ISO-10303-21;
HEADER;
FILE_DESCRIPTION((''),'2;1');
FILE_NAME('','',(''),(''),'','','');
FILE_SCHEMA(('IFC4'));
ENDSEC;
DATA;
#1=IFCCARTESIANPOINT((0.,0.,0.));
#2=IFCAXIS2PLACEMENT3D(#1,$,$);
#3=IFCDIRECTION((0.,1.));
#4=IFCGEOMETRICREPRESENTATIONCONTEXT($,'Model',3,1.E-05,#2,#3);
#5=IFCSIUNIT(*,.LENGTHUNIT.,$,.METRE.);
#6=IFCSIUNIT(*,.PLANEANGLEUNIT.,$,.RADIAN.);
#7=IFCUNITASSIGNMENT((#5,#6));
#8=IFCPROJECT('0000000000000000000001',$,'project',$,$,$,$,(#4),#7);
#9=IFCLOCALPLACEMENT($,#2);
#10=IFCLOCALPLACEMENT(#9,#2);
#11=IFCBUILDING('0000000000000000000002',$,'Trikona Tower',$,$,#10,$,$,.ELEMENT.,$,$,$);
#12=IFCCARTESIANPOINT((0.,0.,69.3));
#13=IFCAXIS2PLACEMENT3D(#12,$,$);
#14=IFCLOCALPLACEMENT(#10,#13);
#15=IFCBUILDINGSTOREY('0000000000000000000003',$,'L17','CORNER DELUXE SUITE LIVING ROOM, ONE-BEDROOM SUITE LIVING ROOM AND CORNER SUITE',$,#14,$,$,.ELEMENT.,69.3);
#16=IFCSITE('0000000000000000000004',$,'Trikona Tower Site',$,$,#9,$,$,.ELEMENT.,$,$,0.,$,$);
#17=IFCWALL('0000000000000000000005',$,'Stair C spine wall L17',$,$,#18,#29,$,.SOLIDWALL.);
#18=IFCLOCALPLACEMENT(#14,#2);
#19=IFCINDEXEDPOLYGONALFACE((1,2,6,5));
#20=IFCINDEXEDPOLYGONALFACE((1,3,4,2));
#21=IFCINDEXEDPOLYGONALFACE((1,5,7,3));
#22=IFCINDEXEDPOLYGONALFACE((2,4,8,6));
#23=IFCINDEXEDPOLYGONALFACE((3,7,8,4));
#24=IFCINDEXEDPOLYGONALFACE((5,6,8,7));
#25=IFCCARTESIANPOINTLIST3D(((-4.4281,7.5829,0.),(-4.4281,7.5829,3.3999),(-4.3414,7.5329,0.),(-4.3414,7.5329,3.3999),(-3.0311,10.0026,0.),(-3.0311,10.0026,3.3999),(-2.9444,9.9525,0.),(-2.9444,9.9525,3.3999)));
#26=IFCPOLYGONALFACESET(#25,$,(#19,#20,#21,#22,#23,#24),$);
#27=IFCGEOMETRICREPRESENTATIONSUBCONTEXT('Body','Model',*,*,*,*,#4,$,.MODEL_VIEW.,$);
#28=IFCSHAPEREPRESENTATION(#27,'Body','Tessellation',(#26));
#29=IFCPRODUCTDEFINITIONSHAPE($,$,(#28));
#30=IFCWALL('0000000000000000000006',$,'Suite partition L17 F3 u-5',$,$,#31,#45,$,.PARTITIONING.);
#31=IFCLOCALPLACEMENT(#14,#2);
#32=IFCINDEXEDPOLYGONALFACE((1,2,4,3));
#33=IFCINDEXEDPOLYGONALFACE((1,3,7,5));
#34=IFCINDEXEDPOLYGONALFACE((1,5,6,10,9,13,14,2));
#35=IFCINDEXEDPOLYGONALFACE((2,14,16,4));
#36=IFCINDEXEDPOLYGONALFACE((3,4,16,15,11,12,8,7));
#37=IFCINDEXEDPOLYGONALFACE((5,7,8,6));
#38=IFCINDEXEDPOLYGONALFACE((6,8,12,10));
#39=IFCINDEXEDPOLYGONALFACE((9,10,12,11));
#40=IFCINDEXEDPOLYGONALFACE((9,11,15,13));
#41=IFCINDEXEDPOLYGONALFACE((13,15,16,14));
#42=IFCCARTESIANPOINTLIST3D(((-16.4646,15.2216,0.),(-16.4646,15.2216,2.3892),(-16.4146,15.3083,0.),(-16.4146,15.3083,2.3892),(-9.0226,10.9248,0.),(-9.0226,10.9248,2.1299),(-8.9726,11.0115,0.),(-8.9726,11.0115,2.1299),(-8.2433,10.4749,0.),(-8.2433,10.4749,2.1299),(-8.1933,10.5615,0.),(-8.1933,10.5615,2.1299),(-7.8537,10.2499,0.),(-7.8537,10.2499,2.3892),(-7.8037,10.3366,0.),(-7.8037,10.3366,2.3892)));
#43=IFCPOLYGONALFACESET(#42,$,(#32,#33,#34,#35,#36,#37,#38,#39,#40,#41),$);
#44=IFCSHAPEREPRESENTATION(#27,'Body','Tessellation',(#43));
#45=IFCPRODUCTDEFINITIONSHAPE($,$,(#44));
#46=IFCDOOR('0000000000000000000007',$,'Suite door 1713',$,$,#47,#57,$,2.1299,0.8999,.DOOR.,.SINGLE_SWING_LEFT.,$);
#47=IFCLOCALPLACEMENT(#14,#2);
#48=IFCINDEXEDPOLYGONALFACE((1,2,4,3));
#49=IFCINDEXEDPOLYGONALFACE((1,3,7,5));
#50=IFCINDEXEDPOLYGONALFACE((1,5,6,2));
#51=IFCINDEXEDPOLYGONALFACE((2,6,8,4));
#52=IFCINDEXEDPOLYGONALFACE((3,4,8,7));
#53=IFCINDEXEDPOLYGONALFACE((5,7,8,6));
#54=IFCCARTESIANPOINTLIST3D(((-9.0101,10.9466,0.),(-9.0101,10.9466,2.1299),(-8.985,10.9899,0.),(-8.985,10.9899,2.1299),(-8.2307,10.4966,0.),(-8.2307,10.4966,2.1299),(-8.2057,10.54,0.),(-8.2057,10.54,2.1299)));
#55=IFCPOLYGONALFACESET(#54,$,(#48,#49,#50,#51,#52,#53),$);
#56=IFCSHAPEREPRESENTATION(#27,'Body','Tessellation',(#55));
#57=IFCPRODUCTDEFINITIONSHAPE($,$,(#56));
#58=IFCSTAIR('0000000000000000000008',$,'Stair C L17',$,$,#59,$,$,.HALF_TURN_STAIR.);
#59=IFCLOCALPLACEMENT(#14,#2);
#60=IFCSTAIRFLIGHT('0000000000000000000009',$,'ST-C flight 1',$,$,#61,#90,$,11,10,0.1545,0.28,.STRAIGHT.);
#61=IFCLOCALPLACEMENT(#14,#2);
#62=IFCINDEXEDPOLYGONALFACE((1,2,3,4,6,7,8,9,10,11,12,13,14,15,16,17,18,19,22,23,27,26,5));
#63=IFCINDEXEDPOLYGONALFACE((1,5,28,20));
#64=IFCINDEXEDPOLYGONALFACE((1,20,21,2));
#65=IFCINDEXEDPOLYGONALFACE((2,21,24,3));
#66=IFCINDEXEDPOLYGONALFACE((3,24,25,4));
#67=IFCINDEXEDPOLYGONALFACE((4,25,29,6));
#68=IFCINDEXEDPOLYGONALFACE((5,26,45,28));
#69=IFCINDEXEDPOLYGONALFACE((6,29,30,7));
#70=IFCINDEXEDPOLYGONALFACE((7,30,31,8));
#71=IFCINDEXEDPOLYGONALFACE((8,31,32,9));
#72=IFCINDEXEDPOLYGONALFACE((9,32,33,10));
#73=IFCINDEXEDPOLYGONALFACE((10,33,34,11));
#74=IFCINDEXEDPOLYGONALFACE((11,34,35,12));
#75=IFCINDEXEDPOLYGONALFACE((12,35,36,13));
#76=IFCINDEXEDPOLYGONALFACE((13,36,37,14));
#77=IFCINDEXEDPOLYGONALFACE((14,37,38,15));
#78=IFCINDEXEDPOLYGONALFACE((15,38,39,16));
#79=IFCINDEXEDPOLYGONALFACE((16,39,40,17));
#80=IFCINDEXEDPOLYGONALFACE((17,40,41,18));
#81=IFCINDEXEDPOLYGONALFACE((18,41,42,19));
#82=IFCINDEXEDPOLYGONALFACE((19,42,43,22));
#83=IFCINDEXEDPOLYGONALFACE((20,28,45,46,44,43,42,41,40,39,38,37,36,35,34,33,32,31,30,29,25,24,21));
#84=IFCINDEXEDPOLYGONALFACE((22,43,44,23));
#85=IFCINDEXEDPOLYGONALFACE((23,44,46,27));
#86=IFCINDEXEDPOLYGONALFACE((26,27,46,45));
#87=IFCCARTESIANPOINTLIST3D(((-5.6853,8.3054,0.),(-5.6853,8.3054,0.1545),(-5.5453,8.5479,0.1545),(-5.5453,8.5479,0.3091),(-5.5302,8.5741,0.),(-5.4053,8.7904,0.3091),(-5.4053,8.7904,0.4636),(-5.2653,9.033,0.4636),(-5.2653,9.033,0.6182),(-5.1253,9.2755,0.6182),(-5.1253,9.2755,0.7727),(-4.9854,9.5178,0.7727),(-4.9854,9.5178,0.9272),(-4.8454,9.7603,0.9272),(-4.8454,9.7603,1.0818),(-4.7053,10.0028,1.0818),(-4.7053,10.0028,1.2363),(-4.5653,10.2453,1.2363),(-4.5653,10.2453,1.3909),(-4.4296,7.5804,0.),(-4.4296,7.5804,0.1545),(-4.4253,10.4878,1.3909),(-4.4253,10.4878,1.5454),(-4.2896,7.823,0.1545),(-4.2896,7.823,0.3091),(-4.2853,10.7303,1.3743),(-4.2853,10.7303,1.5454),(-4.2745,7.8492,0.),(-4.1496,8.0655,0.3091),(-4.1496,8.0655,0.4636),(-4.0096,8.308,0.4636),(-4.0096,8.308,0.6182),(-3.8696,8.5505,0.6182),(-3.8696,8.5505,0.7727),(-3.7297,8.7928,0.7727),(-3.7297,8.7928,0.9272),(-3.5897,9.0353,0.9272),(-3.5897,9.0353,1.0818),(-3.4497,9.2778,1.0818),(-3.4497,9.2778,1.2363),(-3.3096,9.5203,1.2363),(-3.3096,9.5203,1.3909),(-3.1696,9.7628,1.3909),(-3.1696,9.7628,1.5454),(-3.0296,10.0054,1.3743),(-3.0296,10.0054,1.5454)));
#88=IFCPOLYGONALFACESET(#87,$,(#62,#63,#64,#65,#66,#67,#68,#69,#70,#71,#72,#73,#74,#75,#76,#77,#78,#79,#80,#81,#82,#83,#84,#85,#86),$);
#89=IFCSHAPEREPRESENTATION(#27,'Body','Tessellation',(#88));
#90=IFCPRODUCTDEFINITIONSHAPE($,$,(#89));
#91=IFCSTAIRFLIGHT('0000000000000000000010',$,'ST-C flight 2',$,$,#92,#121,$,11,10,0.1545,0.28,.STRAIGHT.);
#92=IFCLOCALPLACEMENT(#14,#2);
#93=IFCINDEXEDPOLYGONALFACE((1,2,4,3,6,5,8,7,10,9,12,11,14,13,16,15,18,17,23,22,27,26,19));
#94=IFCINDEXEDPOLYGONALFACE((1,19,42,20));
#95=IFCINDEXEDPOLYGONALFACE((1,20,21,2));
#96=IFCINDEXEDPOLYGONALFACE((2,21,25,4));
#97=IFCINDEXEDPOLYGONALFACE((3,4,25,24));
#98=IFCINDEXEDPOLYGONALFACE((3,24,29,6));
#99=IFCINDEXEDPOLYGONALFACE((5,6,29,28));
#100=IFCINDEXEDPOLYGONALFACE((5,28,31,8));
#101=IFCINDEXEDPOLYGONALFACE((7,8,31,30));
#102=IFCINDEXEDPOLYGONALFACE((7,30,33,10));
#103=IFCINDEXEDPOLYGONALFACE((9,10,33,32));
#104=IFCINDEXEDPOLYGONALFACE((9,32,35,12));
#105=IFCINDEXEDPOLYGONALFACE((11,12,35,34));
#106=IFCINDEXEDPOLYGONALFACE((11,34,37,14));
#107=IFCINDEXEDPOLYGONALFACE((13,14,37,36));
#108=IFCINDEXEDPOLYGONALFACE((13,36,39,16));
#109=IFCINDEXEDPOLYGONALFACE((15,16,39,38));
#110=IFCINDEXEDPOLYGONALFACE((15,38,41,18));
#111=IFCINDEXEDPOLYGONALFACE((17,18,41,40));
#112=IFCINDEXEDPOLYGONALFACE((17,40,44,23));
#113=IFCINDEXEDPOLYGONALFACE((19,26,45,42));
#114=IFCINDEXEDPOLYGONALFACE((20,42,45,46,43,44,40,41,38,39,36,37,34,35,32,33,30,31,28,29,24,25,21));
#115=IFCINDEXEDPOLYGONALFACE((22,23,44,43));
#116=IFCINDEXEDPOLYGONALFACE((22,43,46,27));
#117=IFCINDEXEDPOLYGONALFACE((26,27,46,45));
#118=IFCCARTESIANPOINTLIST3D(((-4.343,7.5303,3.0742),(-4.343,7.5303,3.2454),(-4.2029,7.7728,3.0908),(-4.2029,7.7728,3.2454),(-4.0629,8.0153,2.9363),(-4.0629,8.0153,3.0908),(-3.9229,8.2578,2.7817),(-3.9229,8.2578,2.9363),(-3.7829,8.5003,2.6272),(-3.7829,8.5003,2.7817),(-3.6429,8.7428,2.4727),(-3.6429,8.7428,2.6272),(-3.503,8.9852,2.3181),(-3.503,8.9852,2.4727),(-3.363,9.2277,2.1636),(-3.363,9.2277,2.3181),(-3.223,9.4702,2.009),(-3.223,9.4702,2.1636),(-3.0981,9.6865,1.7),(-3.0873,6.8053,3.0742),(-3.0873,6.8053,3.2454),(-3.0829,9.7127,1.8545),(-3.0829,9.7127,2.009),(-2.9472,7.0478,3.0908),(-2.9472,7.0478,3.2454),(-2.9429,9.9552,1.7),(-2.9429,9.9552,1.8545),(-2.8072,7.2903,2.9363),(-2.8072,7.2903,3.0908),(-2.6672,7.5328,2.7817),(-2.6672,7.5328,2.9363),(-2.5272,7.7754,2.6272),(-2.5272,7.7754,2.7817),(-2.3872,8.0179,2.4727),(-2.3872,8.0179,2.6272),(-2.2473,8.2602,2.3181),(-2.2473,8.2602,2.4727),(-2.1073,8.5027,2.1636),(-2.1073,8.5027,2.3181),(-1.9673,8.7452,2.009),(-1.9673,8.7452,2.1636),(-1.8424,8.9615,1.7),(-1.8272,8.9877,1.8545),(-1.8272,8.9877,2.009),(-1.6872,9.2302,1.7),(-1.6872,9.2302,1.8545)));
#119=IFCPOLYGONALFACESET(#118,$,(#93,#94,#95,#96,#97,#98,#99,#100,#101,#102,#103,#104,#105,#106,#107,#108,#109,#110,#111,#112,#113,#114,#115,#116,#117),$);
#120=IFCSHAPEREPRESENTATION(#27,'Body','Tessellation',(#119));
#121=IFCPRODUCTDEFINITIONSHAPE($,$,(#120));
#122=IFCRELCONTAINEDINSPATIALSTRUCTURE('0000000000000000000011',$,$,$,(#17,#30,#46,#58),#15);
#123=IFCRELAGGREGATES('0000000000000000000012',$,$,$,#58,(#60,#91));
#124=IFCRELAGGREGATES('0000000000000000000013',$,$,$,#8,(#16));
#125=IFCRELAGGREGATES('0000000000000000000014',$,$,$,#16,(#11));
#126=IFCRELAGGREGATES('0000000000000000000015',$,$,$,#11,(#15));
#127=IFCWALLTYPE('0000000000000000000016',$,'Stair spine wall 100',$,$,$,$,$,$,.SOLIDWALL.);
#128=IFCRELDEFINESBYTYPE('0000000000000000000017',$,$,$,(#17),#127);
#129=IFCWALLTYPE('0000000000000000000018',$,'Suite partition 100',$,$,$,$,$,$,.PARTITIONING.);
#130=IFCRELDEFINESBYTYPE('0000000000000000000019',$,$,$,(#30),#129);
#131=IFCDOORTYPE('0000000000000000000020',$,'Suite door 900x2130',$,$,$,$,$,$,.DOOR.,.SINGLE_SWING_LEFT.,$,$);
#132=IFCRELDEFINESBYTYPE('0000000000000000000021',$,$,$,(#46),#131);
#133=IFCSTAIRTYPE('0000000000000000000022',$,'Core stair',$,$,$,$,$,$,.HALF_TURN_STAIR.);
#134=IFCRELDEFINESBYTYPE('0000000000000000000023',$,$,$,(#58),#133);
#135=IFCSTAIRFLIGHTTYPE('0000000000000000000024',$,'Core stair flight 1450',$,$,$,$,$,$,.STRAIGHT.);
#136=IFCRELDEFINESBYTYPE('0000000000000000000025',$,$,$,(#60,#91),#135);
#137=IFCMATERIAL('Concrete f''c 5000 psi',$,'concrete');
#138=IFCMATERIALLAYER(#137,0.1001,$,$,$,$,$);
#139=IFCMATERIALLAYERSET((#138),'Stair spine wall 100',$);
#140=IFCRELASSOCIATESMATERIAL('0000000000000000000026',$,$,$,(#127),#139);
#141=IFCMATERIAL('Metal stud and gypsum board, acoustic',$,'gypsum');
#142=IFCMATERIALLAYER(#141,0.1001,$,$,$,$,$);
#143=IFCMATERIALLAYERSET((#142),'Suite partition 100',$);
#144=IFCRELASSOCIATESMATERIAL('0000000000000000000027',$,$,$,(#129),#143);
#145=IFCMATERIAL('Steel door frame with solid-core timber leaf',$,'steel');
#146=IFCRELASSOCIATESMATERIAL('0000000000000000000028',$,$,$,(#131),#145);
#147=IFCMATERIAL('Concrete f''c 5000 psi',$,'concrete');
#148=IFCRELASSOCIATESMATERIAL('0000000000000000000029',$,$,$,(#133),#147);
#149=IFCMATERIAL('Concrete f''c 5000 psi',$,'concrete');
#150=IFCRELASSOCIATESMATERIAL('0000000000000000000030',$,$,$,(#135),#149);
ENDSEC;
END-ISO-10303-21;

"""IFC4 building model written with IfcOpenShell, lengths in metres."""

from ifc_helpers import new_model, si_unit, direction, frame, frame_2d, origin, place, context, subcontext, project, spatial, polyline, rectangle, outline, extrude, material, layer, layer_set, type_object, element, fill, aggregate, save


model = new_model("IFC4")

# Units and contexts
model_context = context("Model", 3, precision=1e-05, world=origin(), true_north=direction((0.0, 1.0)))
body_context = subcontext(model_context, "Body", "Model", "MODEL_VIEW")
ifc_project = project(units=[si_unit("LENGTHUNIT", "METRE"), si_unit("PLANEANGLEUNIT", "RADIAN")], contexts=[model_context])

# Site, building, storey
site_placement = place(None, origin())
site = spatial("IfcSite", under=ifc_project, at=site_placement, Name="Trikona Tower Site", CompositionType="ELEMENT", RefElevation=0.0)
building_placement = place(site_placement, origin())
building = spatial("IfcBuilding", under=site, at=building_placement, Name="Trikona Tower", CompositionType="ELEMENT")
storey_placement = place(building_placement, frame((0.0, 0.0, 69.3)))
storey = spatial("IfcBuildingStorey", under=building, at=storey_placement, Name="L17", Description="CORNER DELUXE SUITE LIVING ROOM, ONE-BEDROOM SUITE LIVING ROOM AND CORNER SUITE", CompositionType="ELEMENT", Elevation=69.3)

# Wall
ifc_material_1 = material(Name="Concrete f'c 5000 psi", Category="concrete")
ifc_layer_1 = layer(ifc_material_1, 0.1001)
ifc_layer_set_1 = layer_set([ifc_layer_1], Name="Stair spine wall 100")
wall_type_1 = type_object("IfcWallType", Name="Stair spine wall 100", PredefinedType="SOLIDWALL", material=ifc_layer_set_1)
wall_1_placement = place(storey_placement, frame((-2.9878, 9.9775, 0.0), z_axis=(0.0, 0.0, 1.0), x_axis=(-0.499992, -0.86603, 0.0)))
element("IfcWall", 1, at=wall_1_placement, inside=storey, type_object=wall_type_1, Name="Stair C spine wall L17", PredefinedType="SOLIDWALL", context=body_context, shape_type="SweptSolid", body=[
    extrude(rectangle(XDim=2.7939, YDim=0.1001, at=frame_2d((1.397, 0.0))), origin(), (0.0, 0.0, 1.0), 3.3999),
])

# Wall, opening, door
ifc_material_2 = material(Name="Metal stud and gypsum board, acoustic", Category="gypsum")
ifc_layer_2 = layer(ifc_material_2, 0.1001)
ifc_layer_set_2 = layer_set([ifc_layer_2], Name="Suite partition 100")
wall_type_2 = type_object("IfcWallType", Name="Suite partition 100", PredefinedType="PARTITIONING", material=ifc_layer_set_2)
wall_2_placement = place(storey_placement, frame((-7.8286, 10.2932, 0.0), z_axis=(0.0, 0.0, 1.0), x_axis=(-0.866016, 0.500016, 0.0)))
wall_2 = element("IfcWall", 2, at=wall_2_placement, inside=storey, type_object=wall_type_2, Name="Suite partition L17 F3 u-5", PredefinedType="PARTITIONING", context=body_context, shape_type="SweptSolid", body=[
    extrude(rectangle(XDim=9.9431, YDim=0.1001, at=frame_2d((4.9717, 0.0))), origin(), (0.0, 0.0, 1.0), 2.3892),
])
opening_1_placement = place(wall_2_placement, frame((0.45, 0.0, 0.0)))
opening_1 = element("IfcOpeningElement", 3, at=opening_1_placement, cuts=wall_2, PredefinedType="OPENING", context=body_context, shape_type="SweptSolid", body=[
    extrude(rectangle(XDim=0.8999, YDim=2.1299, at=frame_2d((0.45, 1.0649))), frame((0.0, 0.0601, 0.0), z_axis=(0.0, -1.0, 0.0), x_axis=(1.0, 0.0, 0.0)), (0.0, 0.0, 1.0), 0.1201),
])
ifc_material_3 = material(Name="Steel door frame with solid-core timber leaf", Category="steel")
door_type_1 = type_object("IfcDoorType", Name="Suite door 900x2130", OperationType="SINGLE_SWING_LEFT", PredefinedType="DOOR", material=ifc_material_3)
door_1_placement = place(opening_1_placement, origin())
door_1 = element("IfcDoor", 4, at=door_1_placement, inside=storey, type_object=door_type_1, Name="Suite door 1713", OperationType="SINGLE_SWING_LEFT", OverallHeight=2.1299, OverallWidth=0.8999, PredefinedType="DOOR", context=body_context, shape_type="SweptSolid", body=[
    extrude(rectangle(XDim=0.8999, YDim=2.1299, at=frame_2d((0.45, 1.0649))), frame((0.0, 0.0249, 0.0), z_axis=(0.0, -1.0, 0.0), x_axis=(1.0, 0.0, 0.0)), (0.0, 0.0, 1.0), 0.05),
])
fill(opening_1, door_1)

# Stair, stair flights
ifc_material_4 = material(Name="Concrete f'c 5000 psi", Category="concrete")
stair_type = type_object("IfcStairType", Name="Core stair", PredefinedType="HALF_TURN_STAIR", material=ifc_material_4)
stair_placement = place(storey_placement, origin())
stair = element("IfcStair", 5, at=stair_placement, inside=storey, type_object=stair_type, Name="Stair C L17", PredefinedType="HALF_TURN_STAIR")
ifc_material_5 = material(Name="Concrete f'c 5000 psi", Category="concrete")
stair_flight_type = type_object("IfcStairFlightType", Name="Core stair flight 1450", PredefinedType="STRAIGHT", material=ifc_material_5)
stair_flight_1_placement = place(storey_placement, frame((-5.0574, 7.9429, 0.0), z_axis=(0.0, 0.0, 1.0), x_axis=(0.5, 0.866025, 0.0)))
stair_flight_1 = element("IfcStairFlight", 6, at=stair_flight_1_placement, type_object=stair_flight_type, Name="ST-C flight 1", NumberOfRisers=11, NumberOfTreads=10, PredefinedType="STRAIGHT", RiserHeight=0.1545, TreadLength=0.28, context=body_context, shape_type="SweptSolid", body=[
    extrude(outline(polyline([(0.0, 0.0), (0.0, 0.1545), (0.28, 0.1545), (0.28, 0.3091), (0.5601, 0.3091), (0.5601, 0.4636), (0.8401, 0.4636), (0.8401, 0.6182), (1.1201, 0.6182), (1.1201, 0.7727), (1.3999, 0.7727), (1.3999, 0.9272), (1.6799, 0.9272), (1.6799, 1.0818), (1.96, 1.0818), (1.96, 1.2363), (2.24, 1.2363), (2.24, 1.3909), (2.52, 1.3909), (2.52, 1.5454), (2.8, 1.5454), (2.8, 1.7), (2.8, 1.3743), (0.3103, 0.0), (0.0, 0.0)])), frame((0.0, 0.7251, 0.0), z_axis=(0.0, -1.0, 0.0), x_axis=(1.0, 0.0, 0.0)), (0.0, 0.0, 1.0), 1.45),
])
stair_flight_2_placement = place(storey_placement, frame((-2.3152, 9.5928, 1.7), z_axis=(0.0, 0.0, 1.0), x_axis=(-0.5, -0.866025, 0.0)))
stair_flight_2 = element("IfcStairFlight", 7, at=stair_flight_2_placement, type_object=stair_flight_type, Name="ST-C flight 2", NumberOfRisers=11, NumberOfTreads=10, PredefinedType="STRAIGHT", RiserHeight=0.1545, TreadLength=0.28, context=body_context, shape_type="SweptSolid", body=[
    extrude(outline(polyline([(0.0, 0.0), (0.0, 0.1545), (0.28, 0.1545), (0.28, 0.3091), (0.5601, 0.3091), (0.5601, 0.4636), (0.8401, 0.4636), (0.8401, 0.6182), (1.1201, 0.6182), (1.1201, 0.7727), (1.3999, 0.7727), (1.3999, 0.9272), (1.6799, 0.9272), (1.6799, 1.0818), (1.96, 1.0818), (1.96, 1.2363), (2.24, 1.2363), (2.24, 1.3909), (2.52, 1.3909), (2.52, 1.5454), (2.8, 1.5454), (2.8, 1.7), (2.8, 1.3743), (0.3103, 0.0), (0.0, 0.0)])), frame((0.0, 0.7251, 0.0), z_axis=(0.0, -1.0, 0.0), x_axis=(1.0, 0.0, 0.0)), (0.0, 0.0, 1.0), 1.45),
])
aggregate(stair, [stair_flight_1, stair_flight_2])

save(model, "model.ifc")
